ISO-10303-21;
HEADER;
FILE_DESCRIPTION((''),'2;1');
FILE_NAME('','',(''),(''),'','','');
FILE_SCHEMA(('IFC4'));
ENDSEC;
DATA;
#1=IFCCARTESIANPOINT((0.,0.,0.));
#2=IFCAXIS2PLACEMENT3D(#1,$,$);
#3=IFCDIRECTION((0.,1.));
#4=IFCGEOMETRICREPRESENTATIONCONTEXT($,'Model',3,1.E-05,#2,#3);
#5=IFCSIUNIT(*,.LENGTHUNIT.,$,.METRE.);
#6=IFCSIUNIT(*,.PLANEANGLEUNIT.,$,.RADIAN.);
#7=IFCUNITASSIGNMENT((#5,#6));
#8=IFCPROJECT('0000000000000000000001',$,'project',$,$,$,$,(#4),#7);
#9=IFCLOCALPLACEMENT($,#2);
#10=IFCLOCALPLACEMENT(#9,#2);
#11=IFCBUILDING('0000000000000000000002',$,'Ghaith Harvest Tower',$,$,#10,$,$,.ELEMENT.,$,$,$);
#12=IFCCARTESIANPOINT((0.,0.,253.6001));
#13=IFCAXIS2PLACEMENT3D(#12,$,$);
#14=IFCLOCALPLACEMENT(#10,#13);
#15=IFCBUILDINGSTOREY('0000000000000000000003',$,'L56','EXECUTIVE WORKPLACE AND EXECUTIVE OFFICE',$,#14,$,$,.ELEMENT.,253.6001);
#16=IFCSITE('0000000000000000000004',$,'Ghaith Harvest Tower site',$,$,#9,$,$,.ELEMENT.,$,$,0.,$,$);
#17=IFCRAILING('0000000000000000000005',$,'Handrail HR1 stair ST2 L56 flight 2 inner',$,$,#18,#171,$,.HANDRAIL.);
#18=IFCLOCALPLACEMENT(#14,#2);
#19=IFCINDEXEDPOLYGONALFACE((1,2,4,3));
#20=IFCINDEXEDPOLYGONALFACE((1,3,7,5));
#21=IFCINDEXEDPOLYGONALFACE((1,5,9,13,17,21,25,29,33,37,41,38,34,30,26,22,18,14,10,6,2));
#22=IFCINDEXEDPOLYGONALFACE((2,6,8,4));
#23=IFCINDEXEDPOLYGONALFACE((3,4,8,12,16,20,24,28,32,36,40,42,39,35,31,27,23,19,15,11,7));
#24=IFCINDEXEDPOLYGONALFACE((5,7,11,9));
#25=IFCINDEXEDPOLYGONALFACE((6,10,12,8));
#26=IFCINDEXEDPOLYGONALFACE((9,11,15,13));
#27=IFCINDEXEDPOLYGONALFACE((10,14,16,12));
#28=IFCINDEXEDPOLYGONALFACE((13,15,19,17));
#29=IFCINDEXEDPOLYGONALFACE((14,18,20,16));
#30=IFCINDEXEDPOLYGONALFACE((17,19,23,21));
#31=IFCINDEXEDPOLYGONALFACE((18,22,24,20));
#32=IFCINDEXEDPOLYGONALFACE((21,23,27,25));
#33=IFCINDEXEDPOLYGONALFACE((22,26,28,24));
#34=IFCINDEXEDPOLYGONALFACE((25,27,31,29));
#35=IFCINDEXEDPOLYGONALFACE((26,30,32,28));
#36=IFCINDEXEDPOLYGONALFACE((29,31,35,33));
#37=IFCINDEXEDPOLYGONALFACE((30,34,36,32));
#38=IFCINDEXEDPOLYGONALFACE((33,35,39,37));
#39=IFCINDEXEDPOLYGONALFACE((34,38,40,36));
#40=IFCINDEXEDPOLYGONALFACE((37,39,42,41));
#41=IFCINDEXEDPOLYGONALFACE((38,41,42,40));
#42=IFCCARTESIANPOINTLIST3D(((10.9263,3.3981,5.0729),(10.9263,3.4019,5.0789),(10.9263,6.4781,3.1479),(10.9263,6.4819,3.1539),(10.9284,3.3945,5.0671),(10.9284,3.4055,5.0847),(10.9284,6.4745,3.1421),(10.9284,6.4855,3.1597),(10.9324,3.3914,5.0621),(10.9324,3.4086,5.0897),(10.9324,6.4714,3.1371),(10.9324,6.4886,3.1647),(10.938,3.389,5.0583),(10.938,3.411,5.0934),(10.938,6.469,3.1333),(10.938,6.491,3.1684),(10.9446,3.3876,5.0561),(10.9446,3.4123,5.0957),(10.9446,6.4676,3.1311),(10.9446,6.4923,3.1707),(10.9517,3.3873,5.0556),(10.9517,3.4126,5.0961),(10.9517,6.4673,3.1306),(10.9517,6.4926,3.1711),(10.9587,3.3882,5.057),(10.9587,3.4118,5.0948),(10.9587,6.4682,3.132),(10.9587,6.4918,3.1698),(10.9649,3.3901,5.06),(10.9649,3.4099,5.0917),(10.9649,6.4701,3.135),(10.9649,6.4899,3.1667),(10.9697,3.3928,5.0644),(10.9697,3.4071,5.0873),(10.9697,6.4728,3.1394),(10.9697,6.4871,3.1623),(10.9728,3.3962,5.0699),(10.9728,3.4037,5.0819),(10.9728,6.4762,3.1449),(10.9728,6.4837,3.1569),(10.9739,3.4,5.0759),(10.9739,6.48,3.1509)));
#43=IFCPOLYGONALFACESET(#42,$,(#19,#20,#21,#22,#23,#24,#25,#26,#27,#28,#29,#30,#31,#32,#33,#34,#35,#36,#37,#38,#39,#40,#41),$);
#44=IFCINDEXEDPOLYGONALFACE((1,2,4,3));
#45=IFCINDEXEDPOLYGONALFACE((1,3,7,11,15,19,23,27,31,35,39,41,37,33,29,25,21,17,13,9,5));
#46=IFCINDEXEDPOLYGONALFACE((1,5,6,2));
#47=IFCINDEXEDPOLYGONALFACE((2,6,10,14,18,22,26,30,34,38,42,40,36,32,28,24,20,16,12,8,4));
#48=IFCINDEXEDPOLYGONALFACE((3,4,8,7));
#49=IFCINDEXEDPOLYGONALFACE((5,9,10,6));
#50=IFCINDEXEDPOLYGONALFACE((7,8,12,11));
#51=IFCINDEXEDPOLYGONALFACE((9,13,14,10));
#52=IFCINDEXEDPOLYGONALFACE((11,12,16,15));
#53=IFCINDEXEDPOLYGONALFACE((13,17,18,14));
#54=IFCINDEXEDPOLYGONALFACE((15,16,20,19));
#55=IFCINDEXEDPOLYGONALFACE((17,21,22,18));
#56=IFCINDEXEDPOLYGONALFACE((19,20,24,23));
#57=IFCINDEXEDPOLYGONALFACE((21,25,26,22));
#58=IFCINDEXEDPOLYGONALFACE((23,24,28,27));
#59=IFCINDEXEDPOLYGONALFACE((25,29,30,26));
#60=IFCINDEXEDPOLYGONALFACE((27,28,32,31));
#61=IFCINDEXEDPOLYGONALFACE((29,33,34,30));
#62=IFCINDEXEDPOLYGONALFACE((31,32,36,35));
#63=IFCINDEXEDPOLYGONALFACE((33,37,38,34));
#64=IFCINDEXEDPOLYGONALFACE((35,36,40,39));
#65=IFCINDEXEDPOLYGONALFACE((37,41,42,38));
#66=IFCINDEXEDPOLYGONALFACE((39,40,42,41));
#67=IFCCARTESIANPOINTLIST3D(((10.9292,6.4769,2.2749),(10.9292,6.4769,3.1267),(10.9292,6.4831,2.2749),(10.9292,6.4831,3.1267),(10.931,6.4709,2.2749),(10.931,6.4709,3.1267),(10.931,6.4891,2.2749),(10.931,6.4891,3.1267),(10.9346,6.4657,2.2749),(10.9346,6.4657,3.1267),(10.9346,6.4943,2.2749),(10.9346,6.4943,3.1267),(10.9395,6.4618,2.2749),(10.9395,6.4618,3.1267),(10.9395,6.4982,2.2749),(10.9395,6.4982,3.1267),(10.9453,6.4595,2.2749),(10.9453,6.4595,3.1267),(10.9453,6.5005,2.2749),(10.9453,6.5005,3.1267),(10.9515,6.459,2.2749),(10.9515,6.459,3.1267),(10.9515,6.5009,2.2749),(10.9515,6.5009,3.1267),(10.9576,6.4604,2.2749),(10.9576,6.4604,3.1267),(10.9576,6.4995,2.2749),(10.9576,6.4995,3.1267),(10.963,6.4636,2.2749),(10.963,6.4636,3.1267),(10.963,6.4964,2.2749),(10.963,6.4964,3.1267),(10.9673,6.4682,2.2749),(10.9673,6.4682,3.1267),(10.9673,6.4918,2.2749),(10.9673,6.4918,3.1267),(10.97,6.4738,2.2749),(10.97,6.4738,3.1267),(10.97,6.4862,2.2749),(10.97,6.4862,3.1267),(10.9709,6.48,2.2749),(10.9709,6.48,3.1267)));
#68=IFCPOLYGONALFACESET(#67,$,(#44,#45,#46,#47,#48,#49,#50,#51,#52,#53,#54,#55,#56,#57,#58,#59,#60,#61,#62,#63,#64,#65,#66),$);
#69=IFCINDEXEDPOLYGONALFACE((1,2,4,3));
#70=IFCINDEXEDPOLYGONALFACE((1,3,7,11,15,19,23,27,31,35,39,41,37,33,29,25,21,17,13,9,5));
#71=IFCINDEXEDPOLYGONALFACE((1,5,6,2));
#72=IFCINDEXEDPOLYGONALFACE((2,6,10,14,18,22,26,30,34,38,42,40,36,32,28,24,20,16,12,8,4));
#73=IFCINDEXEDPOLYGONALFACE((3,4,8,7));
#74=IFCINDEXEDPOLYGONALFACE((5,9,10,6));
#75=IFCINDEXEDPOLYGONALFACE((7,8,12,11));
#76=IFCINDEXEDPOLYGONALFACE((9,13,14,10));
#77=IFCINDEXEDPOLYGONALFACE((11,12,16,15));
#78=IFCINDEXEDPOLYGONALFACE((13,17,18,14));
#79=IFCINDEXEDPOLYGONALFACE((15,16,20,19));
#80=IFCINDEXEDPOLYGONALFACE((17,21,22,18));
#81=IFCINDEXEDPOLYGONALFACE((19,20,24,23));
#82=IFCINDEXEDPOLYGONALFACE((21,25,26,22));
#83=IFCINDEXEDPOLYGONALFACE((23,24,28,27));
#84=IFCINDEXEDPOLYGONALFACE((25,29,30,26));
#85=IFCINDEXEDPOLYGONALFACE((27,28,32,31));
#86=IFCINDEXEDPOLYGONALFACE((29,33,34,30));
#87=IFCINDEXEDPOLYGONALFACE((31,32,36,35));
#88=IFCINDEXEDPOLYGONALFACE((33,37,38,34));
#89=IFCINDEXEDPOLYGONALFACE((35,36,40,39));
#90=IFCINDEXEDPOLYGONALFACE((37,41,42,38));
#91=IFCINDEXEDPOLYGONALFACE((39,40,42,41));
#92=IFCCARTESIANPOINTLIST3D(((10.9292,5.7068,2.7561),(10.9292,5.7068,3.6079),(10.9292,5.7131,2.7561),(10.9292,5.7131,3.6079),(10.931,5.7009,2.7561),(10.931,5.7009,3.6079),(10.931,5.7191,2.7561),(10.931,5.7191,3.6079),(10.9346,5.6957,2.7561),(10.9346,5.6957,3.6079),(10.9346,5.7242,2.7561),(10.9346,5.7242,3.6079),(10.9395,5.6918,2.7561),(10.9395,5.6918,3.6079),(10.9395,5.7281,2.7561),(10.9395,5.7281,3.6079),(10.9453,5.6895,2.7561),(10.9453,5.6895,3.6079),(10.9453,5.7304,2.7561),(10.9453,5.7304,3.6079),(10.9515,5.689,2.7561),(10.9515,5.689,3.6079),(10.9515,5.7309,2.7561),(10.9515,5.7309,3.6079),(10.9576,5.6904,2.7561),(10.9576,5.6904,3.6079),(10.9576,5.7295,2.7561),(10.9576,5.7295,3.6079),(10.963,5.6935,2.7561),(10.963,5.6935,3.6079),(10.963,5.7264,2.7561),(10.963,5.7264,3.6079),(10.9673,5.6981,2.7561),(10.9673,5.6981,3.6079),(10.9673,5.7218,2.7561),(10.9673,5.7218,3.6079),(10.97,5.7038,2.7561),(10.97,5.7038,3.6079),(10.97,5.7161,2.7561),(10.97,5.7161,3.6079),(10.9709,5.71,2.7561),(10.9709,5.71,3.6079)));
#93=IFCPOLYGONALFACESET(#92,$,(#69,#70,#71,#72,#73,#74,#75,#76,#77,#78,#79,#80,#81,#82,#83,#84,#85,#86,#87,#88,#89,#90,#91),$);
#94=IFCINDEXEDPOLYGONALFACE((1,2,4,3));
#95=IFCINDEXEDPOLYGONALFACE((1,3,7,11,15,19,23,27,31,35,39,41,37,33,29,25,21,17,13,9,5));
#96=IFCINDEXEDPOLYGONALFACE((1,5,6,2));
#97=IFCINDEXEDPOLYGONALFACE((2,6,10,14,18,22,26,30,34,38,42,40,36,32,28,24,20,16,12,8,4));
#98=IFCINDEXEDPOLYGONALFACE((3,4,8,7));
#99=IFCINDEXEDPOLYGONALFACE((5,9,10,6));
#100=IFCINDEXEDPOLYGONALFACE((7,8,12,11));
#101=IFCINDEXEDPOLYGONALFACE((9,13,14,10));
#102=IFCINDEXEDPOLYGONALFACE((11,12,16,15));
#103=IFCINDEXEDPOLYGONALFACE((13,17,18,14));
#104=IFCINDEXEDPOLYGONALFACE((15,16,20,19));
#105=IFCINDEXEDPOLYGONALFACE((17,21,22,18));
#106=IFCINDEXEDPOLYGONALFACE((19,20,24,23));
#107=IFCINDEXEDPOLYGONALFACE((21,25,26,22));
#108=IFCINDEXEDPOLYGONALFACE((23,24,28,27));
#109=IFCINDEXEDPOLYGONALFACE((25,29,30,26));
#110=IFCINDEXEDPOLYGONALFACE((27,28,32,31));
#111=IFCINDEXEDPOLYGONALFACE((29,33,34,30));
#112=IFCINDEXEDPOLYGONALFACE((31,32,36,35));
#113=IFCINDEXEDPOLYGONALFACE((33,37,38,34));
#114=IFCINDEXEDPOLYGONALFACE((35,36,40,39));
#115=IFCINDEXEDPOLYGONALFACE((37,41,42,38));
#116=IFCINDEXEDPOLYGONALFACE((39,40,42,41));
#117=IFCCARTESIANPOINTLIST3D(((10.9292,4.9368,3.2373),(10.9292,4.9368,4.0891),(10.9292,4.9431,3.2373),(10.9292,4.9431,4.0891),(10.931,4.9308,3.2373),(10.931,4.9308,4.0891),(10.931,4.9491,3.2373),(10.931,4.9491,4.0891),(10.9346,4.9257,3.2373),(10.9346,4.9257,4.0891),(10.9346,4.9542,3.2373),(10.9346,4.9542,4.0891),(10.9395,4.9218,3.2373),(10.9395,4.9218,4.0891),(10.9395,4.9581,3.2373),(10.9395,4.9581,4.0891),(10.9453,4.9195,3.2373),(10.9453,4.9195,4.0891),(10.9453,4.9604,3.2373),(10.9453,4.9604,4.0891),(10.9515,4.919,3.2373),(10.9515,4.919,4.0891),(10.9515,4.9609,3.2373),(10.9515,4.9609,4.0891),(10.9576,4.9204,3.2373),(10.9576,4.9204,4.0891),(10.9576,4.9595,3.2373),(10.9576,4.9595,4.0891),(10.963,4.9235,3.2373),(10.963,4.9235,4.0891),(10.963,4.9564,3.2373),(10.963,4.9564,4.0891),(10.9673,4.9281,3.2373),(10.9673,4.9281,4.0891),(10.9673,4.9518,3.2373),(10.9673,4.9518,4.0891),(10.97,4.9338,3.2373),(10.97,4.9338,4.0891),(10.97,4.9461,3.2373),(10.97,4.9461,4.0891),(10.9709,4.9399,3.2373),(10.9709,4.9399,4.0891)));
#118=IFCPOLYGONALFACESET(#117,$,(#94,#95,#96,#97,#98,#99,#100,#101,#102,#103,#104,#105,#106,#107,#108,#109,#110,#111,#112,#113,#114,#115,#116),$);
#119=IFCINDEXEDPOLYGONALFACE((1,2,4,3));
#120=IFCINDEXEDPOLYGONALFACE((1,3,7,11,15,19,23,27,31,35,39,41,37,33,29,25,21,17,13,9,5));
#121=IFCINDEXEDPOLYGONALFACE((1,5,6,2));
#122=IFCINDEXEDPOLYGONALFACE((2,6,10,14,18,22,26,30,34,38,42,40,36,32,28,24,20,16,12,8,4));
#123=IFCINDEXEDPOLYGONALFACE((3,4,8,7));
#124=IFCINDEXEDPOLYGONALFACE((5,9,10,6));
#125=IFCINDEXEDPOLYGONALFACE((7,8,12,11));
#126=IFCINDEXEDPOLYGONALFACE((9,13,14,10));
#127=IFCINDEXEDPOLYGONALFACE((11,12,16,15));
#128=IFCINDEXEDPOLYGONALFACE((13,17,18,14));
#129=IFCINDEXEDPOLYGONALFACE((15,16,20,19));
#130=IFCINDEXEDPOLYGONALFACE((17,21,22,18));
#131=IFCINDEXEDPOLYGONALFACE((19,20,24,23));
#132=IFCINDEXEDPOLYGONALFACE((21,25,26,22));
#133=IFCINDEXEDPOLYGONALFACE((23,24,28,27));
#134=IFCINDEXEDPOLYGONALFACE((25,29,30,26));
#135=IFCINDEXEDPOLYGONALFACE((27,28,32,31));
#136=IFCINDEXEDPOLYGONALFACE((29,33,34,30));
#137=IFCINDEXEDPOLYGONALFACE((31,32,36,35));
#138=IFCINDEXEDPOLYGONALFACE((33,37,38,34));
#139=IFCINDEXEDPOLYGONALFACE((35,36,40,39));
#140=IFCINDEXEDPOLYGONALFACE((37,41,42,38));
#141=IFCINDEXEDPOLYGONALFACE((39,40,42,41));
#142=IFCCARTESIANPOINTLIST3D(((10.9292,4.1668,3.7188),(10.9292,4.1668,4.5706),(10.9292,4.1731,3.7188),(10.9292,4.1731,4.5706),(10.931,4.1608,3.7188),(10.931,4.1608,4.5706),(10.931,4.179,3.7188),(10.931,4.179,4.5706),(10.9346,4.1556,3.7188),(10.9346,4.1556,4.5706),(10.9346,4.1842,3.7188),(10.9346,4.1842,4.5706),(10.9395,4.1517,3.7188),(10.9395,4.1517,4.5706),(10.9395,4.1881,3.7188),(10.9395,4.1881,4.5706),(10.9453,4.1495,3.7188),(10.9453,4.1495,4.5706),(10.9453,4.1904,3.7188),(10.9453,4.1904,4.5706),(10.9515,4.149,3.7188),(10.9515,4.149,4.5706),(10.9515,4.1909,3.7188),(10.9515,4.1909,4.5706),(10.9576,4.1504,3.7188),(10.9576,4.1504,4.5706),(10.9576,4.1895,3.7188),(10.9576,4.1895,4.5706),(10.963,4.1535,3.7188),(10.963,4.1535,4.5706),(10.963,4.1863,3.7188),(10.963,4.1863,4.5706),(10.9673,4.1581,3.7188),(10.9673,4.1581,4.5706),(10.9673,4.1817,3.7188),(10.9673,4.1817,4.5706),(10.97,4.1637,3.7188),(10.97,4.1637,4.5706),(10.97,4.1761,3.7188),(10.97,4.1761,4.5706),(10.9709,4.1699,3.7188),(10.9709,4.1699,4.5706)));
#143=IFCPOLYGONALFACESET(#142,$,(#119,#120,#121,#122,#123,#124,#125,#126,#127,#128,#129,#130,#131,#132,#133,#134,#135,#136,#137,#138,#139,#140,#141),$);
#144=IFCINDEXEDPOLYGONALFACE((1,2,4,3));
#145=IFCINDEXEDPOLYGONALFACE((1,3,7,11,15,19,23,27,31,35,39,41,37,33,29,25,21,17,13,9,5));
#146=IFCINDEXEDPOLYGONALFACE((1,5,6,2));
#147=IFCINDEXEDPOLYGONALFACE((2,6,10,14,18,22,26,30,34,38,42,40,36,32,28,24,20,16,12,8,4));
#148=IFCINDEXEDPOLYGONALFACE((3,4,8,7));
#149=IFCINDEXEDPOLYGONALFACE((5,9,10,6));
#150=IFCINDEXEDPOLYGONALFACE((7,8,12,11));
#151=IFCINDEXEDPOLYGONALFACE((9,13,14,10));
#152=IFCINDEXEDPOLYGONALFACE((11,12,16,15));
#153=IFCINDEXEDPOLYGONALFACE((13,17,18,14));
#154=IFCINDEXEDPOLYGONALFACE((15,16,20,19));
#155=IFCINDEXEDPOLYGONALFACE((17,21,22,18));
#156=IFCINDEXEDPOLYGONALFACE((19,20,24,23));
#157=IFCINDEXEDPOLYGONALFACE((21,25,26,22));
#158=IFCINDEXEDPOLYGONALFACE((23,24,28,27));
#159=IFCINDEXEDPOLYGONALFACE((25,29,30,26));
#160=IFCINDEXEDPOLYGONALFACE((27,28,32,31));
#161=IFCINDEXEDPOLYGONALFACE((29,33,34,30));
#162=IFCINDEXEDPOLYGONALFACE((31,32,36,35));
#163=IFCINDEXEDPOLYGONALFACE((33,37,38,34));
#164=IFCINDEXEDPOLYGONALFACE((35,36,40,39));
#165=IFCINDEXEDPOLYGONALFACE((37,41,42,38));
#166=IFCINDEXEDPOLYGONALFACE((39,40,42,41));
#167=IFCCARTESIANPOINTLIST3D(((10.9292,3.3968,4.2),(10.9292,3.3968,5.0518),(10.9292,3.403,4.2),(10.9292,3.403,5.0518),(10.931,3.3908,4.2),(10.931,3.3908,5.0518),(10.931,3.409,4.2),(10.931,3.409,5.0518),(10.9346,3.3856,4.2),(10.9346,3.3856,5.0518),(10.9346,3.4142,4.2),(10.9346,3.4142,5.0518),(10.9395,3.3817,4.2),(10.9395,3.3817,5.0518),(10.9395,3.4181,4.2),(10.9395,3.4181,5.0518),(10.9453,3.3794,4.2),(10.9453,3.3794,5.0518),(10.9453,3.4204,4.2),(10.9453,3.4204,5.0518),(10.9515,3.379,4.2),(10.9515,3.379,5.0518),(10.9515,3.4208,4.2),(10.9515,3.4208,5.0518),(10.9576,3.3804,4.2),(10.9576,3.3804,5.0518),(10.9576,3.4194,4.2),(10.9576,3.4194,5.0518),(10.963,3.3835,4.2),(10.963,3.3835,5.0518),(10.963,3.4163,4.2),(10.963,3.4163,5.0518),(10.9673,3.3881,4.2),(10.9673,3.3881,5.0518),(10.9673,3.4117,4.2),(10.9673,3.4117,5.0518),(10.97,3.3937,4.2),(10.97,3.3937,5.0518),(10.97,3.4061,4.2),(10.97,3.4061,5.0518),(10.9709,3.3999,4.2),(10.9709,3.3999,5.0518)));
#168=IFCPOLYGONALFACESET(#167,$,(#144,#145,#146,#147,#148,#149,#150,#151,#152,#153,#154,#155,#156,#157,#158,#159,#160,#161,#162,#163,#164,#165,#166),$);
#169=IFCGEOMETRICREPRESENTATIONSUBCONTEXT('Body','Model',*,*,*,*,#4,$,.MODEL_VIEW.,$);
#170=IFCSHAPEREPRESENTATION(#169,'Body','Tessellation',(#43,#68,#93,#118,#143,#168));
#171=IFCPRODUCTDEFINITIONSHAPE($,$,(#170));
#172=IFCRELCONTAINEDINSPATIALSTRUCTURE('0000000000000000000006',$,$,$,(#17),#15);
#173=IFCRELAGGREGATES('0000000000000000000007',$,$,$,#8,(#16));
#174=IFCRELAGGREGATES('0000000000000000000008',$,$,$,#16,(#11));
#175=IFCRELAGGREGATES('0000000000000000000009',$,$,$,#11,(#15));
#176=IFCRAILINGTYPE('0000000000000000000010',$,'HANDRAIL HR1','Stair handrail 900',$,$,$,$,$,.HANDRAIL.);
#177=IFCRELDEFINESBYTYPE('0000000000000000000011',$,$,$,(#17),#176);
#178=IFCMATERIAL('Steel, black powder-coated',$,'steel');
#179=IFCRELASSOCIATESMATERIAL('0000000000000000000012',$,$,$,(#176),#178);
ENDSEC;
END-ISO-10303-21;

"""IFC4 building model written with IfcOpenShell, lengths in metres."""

from ifc_helpers import new_model, si_unit, direction, frame, origin, origin_2d, place, context, subcontext, project, spatial, circle, extrude, material, type_object, element, save


model = new_model("IFC4")

# Units and contexts
model_context = context("Model", 3, precision=1e-05, world=origin(), true_north=direction((0.0, 1.0)))
body_context = subcontext(model_context, "Body", "Model", "MODEL_VIEW")
ifc_project = project(units=[si_unit("LENGTHUNIT", "METRE"), si_unit("PLANEANGLEUNIT", "RADIAN")], contexts=[model_context])

# Site, building, storey
site_placement = place(None, origin())
site = spatial("IfcSite", under=ifc_project, at=site_placement, Name="Ghaith Harvest Tower site", CompositionType="ELEMENT", RefElevation=0.0)
building_placement = place(site_placement, origin())
building = spatial("IfcBuilding", under=site, at=building_placement, Name="Ghaith Harvest Tower", CompositionType="ELEMENT")
storey_placement = place(building_placement, frame((0.0, 0.0, 253.6001)))
storey = spatial("IfcBuildingStorey", under=building, at=storey_placement, Name="L56", Description="EXECUTIVE WORKPLACE AND EXECUTIVE OFFICE", CompositionType="ELEMENT", Elevation=253.6001)

# Railing
ifc_material_1 = material(Name="Steel, black powder-coated", Category="steel")
railing_type = type_object("IfcRailingType", Name="HANDRAIL HR1", Description="Stair handrail 900", PredefinedType="HANDRAIL", material=ifc_material_1)
railing_1_placement = place(storey_placement, frame((10.95, 6.48, 2.2749)))
element("IfcRailing", 1, at=railing_1_placement, inside=storey, type_object=railing_type, Name="Handrail HR1 stair ST2 L56 flight 2 inner", PredefinedType="HANDRAIL", context=body_context, shape_type="SweptSolid", body=[
    extrude(circle(Radius=0.0239, at=origin_2d()), frame((0.0, 0.0, 0.876), z_axis=(0.0, -0.847998, 0.529999), x_axis=(1.0, 0.0, 0.0)), (0.0, 0.0, 1.0), 3.6321),
    extrude(circle(Radius=0.021, at=origin_2d()), origin(), (0.0, 0.0, 1.0), 0.8518),
    extrude(circle(Radius=0.021, at=origin_2d()), frame((0.0, -0.77, 0.4812)), (0.0, 0.0, 1.0), 0.8518),
    extrude(circle(Radius=0.021, at=origin_2d()), frame((0.0, -1.54, 0.9624)), (0.0, 0.0, 1.0), 0.8518),
    extrude(circle(Radius=0.021, at=origin_2d()), frame((0.0, -2.3101, 1.4438)), (0.0, 0.0, 1.0), 0.8518),
    extrude(circle(Radius=0.021, at=origin_2d()), frame((0.0, -3.0801, 1.925)), (0.0, 0.0, 1.0), 0.8518),
])

save(model, "model.ifc")
